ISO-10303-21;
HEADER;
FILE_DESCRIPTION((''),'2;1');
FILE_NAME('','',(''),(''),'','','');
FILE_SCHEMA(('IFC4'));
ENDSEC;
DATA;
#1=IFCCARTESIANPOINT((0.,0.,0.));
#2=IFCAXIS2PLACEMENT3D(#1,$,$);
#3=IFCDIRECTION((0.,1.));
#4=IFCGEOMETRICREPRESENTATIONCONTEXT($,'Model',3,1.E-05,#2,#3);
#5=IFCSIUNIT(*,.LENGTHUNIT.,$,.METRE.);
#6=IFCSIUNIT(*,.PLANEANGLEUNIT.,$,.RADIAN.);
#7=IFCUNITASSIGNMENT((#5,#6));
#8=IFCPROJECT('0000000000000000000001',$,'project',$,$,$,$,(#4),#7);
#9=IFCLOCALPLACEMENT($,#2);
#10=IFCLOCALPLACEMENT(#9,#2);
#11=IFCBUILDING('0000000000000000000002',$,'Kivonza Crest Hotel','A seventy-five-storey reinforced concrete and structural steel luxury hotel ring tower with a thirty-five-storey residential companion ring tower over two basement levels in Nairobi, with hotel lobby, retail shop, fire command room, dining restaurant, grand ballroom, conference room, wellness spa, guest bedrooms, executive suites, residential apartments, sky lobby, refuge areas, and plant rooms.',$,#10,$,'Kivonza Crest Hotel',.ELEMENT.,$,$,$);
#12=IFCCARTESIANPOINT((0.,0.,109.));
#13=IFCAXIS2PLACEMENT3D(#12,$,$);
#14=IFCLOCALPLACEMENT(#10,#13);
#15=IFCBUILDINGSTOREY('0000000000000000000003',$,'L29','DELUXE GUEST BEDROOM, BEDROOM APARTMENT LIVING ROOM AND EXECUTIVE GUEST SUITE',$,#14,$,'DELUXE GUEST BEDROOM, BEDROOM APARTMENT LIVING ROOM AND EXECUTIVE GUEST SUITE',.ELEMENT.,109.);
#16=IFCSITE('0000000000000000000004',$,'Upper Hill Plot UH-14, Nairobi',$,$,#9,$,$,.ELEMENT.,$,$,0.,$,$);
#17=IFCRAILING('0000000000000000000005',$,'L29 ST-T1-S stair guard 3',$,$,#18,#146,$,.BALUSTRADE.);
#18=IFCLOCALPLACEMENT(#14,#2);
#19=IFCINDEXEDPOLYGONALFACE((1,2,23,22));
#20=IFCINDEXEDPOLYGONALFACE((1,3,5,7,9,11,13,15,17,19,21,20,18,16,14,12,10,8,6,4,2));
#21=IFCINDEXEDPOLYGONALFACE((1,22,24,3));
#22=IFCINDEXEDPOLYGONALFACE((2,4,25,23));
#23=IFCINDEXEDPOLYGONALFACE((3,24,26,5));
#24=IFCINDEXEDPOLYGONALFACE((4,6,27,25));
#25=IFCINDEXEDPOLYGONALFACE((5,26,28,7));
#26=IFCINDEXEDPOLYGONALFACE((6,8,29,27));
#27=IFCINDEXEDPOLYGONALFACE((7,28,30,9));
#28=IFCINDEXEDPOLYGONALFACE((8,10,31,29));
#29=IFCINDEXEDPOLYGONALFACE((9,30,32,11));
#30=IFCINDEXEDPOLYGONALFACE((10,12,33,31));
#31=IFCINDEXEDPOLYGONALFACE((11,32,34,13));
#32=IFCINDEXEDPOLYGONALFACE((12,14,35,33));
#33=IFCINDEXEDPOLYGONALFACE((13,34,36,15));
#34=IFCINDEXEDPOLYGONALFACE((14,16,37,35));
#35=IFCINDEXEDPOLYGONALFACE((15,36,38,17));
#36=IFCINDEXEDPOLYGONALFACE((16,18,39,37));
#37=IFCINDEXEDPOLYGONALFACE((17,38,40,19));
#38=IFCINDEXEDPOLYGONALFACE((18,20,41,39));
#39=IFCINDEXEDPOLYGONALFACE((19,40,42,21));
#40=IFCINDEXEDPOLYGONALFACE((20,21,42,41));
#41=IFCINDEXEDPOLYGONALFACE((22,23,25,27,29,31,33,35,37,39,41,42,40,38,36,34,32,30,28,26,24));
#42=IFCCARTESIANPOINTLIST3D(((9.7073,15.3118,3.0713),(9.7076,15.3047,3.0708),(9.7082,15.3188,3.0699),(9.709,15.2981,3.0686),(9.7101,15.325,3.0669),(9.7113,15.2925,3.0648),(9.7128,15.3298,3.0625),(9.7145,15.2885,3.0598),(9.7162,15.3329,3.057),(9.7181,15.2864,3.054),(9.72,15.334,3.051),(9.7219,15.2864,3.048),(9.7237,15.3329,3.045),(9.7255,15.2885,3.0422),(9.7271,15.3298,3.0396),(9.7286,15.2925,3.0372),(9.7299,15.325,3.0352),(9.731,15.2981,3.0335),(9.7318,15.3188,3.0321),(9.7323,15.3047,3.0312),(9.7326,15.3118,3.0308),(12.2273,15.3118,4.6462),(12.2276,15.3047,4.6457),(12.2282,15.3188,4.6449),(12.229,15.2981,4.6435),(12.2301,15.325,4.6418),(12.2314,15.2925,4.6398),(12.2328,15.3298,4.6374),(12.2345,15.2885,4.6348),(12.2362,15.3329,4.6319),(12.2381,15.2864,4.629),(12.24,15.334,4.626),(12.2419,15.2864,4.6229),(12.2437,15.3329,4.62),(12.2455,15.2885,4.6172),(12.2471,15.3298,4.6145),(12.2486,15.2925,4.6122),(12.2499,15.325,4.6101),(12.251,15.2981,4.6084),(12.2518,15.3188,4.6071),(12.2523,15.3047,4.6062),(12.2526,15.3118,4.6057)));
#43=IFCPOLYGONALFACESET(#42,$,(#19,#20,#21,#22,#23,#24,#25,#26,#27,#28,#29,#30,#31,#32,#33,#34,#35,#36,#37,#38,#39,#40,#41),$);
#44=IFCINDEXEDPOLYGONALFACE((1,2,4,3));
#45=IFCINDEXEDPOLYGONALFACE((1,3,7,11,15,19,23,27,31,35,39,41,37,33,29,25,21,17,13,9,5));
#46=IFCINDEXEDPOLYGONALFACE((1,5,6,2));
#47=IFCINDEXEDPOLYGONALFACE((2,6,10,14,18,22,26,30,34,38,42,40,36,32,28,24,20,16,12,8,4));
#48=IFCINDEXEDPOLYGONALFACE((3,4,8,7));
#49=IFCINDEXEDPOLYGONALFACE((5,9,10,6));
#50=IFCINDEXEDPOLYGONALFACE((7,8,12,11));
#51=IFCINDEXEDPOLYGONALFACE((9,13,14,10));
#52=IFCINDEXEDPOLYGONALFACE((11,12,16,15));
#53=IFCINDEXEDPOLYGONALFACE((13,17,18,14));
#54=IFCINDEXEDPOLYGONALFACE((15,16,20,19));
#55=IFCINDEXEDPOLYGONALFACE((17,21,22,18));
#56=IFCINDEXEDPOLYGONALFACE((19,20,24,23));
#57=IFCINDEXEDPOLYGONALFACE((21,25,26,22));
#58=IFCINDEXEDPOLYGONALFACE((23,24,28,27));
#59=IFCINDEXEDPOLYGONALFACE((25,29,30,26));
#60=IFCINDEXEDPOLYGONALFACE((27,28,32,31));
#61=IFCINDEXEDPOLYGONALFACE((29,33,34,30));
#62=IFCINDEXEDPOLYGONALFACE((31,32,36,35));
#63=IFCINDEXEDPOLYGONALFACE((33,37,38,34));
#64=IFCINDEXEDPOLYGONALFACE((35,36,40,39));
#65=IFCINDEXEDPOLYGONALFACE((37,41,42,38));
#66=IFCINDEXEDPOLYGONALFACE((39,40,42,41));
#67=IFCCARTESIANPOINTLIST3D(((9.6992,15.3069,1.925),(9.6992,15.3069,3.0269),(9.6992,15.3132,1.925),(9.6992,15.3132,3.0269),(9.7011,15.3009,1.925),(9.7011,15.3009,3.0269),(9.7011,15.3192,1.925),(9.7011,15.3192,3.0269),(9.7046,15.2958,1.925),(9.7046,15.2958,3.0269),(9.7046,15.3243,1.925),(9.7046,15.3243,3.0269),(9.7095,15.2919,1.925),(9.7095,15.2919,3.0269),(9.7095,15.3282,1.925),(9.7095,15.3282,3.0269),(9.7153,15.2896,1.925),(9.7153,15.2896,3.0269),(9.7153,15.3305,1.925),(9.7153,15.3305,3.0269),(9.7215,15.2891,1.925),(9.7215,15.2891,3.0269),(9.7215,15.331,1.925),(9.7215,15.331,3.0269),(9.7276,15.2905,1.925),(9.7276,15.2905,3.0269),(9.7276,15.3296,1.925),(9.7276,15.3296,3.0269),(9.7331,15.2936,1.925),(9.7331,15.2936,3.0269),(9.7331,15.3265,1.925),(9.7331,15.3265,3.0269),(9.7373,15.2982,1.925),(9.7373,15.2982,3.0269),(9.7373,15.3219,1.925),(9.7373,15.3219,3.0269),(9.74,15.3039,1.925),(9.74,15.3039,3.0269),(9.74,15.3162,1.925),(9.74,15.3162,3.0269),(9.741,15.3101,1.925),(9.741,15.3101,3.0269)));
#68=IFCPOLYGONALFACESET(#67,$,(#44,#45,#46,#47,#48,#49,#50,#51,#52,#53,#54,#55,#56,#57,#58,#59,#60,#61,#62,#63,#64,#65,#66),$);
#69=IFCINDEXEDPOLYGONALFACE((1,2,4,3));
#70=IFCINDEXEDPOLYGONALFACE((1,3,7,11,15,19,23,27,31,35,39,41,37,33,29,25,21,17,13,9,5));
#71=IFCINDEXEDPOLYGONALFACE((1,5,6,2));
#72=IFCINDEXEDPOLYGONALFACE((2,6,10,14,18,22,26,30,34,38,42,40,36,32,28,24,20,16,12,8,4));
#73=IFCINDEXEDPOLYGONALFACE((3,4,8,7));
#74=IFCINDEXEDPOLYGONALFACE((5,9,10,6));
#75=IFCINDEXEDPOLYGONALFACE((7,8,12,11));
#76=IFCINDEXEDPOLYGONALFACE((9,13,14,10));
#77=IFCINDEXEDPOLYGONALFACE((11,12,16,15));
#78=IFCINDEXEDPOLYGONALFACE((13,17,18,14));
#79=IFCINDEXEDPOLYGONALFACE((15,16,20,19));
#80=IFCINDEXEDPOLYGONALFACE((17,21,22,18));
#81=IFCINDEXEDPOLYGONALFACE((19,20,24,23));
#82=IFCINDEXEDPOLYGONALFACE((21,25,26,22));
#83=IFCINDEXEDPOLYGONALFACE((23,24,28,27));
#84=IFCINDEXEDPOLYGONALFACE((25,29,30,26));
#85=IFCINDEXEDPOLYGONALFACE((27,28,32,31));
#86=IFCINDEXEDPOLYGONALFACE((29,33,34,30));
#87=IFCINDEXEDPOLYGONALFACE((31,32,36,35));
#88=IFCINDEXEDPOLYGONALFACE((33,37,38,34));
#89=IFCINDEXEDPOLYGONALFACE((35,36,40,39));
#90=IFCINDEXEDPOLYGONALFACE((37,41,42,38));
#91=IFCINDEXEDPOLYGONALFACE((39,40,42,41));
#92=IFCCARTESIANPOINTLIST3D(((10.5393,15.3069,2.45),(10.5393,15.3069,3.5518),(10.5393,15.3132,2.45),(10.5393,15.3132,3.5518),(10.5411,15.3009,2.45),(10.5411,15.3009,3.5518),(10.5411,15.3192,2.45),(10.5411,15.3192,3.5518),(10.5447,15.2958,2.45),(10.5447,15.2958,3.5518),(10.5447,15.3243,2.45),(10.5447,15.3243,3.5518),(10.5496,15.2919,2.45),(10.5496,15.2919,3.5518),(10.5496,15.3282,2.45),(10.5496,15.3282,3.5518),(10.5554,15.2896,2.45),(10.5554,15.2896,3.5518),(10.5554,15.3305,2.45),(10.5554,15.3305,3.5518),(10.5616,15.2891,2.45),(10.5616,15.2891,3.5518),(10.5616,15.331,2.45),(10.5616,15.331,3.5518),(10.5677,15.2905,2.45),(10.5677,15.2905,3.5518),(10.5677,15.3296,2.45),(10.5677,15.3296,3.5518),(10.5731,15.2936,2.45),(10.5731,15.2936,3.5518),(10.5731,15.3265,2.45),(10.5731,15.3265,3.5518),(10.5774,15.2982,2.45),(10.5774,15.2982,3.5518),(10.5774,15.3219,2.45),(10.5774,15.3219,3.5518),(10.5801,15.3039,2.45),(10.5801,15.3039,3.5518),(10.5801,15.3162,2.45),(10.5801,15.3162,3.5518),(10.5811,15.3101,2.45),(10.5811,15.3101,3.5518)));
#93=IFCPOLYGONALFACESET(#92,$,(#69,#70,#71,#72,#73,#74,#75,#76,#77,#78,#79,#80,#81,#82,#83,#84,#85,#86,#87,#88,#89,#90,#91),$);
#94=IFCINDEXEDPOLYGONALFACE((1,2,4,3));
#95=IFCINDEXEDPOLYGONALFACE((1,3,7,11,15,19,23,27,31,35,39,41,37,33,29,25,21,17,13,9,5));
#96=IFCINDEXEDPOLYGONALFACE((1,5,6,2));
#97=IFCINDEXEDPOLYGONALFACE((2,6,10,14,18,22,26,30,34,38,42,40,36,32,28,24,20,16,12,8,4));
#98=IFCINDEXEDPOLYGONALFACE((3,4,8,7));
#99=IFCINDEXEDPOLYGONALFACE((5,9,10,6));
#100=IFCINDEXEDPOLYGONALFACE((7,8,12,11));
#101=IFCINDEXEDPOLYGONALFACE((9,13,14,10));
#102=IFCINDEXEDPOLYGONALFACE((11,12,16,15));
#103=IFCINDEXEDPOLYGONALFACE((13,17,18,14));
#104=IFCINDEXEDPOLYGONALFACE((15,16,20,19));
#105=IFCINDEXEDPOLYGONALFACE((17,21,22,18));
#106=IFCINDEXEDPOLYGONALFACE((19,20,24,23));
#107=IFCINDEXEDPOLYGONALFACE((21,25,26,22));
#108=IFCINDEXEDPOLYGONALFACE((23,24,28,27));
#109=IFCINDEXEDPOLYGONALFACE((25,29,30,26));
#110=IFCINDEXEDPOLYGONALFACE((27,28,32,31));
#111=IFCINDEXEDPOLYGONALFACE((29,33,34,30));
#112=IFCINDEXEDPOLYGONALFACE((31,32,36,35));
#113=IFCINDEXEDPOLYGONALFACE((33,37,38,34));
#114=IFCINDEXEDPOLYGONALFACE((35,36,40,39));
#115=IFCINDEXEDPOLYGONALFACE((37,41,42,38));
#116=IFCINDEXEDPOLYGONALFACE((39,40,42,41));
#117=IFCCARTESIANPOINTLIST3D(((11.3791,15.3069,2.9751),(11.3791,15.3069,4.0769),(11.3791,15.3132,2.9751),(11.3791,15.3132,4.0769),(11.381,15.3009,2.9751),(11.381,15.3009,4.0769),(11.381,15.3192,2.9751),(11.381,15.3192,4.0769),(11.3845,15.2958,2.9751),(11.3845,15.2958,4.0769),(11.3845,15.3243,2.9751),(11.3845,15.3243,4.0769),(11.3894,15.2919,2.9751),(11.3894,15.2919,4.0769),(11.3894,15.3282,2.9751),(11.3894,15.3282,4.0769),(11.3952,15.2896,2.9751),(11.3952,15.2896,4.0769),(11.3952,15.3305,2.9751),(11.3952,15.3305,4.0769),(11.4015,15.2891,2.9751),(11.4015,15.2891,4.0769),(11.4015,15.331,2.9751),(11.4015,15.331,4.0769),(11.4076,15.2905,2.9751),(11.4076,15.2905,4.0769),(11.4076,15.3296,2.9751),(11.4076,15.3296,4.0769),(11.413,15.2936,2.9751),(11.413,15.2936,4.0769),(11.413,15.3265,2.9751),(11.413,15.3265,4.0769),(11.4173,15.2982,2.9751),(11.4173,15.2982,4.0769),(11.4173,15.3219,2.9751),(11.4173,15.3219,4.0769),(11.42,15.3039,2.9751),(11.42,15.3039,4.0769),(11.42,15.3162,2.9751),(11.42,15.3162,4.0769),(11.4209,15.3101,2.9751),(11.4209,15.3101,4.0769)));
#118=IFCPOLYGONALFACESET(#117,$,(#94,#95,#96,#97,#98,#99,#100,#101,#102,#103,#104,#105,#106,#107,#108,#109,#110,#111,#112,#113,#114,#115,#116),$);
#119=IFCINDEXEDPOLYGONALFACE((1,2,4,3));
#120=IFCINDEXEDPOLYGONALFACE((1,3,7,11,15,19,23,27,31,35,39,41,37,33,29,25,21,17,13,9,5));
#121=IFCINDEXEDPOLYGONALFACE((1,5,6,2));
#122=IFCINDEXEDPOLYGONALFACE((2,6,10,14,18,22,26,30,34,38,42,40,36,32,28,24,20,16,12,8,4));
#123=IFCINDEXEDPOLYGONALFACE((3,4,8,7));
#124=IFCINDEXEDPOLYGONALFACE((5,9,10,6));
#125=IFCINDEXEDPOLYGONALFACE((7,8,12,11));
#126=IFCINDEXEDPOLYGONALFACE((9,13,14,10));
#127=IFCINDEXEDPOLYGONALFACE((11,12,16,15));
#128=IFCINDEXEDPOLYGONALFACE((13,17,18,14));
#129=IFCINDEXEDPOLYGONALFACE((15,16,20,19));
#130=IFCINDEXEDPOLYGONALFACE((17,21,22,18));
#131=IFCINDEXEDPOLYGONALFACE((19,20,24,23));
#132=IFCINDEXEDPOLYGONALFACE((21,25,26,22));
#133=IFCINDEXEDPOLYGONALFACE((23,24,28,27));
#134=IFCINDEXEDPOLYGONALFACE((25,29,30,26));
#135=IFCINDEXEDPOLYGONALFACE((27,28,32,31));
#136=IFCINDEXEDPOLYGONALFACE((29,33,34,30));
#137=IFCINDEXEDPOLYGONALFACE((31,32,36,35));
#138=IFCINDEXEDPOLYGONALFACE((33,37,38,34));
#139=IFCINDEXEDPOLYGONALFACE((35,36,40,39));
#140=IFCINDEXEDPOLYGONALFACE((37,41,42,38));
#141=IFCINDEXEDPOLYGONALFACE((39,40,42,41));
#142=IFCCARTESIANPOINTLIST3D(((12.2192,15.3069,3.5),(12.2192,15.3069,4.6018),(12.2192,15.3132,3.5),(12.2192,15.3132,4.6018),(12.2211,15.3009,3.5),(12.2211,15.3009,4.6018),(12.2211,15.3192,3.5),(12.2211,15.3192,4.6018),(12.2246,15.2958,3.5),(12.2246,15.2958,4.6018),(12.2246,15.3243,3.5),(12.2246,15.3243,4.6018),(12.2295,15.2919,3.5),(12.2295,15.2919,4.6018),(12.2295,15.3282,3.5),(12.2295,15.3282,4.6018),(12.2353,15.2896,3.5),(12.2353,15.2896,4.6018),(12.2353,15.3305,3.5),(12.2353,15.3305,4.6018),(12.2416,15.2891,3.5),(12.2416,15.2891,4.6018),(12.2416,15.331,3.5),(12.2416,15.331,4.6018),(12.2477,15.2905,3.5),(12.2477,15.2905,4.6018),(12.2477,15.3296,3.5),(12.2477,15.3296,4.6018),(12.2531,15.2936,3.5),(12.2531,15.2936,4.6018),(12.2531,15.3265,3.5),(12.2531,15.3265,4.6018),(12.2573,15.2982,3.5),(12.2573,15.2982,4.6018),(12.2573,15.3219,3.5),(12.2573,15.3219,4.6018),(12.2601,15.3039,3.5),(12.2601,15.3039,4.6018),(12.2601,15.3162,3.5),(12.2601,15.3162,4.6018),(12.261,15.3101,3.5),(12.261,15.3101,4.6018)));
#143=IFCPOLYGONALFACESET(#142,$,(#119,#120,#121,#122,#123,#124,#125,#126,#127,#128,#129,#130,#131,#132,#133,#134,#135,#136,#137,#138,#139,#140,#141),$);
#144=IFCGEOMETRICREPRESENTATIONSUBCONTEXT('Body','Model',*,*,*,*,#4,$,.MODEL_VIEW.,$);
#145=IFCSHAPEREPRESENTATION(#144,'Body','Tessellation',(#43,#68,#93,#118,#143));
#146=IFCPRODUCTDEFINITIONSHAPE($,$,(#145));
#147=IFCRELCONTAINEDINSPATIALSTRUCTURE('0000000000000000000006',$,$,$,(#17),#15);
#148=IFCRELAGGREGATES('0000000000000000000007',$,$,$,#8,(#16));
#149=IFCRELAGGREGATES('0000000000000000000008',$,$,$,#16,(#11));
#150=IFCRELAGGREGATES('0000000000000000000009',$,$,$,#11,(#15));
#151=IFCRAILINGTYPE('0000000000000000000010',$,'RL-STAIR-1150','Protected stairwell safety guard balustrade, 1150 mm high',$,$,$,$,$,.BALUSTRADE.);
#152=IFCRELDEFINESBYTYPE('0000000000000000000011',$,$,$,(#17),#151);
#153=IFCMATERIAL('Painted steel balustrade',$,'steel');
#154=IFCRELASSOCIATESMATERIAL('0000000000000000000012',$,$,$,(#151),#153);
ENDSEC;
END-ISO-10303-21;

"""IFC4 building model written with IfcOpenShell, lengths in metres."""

from ifc_helpers import new_model, si_unit, direction, frame, origin, origin_2d, place, context, subcontext, project, spatial, circle, extrude, material, type_object, element, save


model = new_model("IFC4")

# Units and contexts
model_context = context("Model", 3, precision=1e-05, world=origin(), true_north=direction((0.0, 1.0)))
body_context = subcontext(model_context, "Body", "Model", "MODEL_VIEW")
ifc_project = project(units=[si_unit("LENGTHUNIT", "METRE"), si_unit("PLANEANGLEUNIT", "RADIAN")], contexts=[model_context])

# Site, building, storey
site_placement = place(None, origin())
site = spatial("IfcSite", under=ifc_project, at=site_placement, Name="Upper Hill Plot UH-14, Nairobi", CompositionType="ELEMENT", RefElevation=0.0)
building_placement = place(site_placement, origin())
building = spatial("IfcBuilding", under=site, at=building_placement, Name="Kivonza Crest Hotel", Description="A seventy-five-storey reinforced concrete and structural steel luxury hotel ring tower with a thirty-five-storey residential companion ring tower over two basement levels in Nairobi, with hotel lobby, retail shop, fire command room, dining restaurant, grand ballroom, conference room, wellness spa, guest bedrooms, executive suites, residential apartments, sky lobby, refuge areas, and plant rooms.", LongName="Kivonza Crest Hotel", CompositionType="ELEMENT")
storey_placement = place(building_placement, frame((0.0, 0.0, 109.0)))
storey = spatial("IfcBuildingStorey", under=building, at=storey_placement, Name="L29", Description="DELUXE GUEST BEDROOM, BEDROOM APARTMENT LIVING ROOM AND EXECUTIVE GUEST SUITE", LongName="DELUXE GUEST BEDROOM, BEDROOM APARTMENT LIVING ROOM AND EXECUTIVE GUEST SUITE", CompositionType="ELEMENT", Elevation=109.0)

# Railing
ifc_material_1 = material(Name="Painted steel balustrade", Category="steel")
railing_type_1 = type_object("IfcRailingType", Name="RL-STAIR-1150", Description="Protected stairwell safety guard balustrade, 1150 mm high", PredefinedType="BALUSTRADE", material=ifc_material_1)
railing_1_placement = place(storey_placement, frame((9.72, 15.3101, 1.925)))
element("IfcRailing", 1, at=railing_1_placement, inside=storey, type_object=railing_type_1, Name="L29 ST-T1-S stair guard 3", PredefinedType="BALUSTRADE", context=body_context, shape_type="SweptSolid", body=[
    extrude(circle(Radius=0.0239, at=origin_2d()), frame((0.0, 0.0, 1.126), z_axis=(0.848008, 0.0, 0.529984), x_axis=(0.0, 1.0, 0.0)), (0.0, 0.0, 1.0), 2.9717),
    extrude(circle(Radius=0.021, at=origin_2d()), origin(), (0.0, 0.0, 1.0), 1.1018),
    extrude(circle(Radius=0.021, at=origin_2d()), frame((0.8401, 0.0, 0.5249)), (0.0, 0.0, 1.0), 1.1018),
    extrude(circle(Radius=0.021, at=origin_2d()), frame((1.6799, 0.0, 1.05)), (0.0, 0.0, 1.0), 1.1018),
    extrude(circle(Radius=0.021, at=origin_2d()), frame((2.52, 0.0, 1.575)), (0.0, 0.0, 1.0), 1.1018),
])

save(model, "model.ifc")
